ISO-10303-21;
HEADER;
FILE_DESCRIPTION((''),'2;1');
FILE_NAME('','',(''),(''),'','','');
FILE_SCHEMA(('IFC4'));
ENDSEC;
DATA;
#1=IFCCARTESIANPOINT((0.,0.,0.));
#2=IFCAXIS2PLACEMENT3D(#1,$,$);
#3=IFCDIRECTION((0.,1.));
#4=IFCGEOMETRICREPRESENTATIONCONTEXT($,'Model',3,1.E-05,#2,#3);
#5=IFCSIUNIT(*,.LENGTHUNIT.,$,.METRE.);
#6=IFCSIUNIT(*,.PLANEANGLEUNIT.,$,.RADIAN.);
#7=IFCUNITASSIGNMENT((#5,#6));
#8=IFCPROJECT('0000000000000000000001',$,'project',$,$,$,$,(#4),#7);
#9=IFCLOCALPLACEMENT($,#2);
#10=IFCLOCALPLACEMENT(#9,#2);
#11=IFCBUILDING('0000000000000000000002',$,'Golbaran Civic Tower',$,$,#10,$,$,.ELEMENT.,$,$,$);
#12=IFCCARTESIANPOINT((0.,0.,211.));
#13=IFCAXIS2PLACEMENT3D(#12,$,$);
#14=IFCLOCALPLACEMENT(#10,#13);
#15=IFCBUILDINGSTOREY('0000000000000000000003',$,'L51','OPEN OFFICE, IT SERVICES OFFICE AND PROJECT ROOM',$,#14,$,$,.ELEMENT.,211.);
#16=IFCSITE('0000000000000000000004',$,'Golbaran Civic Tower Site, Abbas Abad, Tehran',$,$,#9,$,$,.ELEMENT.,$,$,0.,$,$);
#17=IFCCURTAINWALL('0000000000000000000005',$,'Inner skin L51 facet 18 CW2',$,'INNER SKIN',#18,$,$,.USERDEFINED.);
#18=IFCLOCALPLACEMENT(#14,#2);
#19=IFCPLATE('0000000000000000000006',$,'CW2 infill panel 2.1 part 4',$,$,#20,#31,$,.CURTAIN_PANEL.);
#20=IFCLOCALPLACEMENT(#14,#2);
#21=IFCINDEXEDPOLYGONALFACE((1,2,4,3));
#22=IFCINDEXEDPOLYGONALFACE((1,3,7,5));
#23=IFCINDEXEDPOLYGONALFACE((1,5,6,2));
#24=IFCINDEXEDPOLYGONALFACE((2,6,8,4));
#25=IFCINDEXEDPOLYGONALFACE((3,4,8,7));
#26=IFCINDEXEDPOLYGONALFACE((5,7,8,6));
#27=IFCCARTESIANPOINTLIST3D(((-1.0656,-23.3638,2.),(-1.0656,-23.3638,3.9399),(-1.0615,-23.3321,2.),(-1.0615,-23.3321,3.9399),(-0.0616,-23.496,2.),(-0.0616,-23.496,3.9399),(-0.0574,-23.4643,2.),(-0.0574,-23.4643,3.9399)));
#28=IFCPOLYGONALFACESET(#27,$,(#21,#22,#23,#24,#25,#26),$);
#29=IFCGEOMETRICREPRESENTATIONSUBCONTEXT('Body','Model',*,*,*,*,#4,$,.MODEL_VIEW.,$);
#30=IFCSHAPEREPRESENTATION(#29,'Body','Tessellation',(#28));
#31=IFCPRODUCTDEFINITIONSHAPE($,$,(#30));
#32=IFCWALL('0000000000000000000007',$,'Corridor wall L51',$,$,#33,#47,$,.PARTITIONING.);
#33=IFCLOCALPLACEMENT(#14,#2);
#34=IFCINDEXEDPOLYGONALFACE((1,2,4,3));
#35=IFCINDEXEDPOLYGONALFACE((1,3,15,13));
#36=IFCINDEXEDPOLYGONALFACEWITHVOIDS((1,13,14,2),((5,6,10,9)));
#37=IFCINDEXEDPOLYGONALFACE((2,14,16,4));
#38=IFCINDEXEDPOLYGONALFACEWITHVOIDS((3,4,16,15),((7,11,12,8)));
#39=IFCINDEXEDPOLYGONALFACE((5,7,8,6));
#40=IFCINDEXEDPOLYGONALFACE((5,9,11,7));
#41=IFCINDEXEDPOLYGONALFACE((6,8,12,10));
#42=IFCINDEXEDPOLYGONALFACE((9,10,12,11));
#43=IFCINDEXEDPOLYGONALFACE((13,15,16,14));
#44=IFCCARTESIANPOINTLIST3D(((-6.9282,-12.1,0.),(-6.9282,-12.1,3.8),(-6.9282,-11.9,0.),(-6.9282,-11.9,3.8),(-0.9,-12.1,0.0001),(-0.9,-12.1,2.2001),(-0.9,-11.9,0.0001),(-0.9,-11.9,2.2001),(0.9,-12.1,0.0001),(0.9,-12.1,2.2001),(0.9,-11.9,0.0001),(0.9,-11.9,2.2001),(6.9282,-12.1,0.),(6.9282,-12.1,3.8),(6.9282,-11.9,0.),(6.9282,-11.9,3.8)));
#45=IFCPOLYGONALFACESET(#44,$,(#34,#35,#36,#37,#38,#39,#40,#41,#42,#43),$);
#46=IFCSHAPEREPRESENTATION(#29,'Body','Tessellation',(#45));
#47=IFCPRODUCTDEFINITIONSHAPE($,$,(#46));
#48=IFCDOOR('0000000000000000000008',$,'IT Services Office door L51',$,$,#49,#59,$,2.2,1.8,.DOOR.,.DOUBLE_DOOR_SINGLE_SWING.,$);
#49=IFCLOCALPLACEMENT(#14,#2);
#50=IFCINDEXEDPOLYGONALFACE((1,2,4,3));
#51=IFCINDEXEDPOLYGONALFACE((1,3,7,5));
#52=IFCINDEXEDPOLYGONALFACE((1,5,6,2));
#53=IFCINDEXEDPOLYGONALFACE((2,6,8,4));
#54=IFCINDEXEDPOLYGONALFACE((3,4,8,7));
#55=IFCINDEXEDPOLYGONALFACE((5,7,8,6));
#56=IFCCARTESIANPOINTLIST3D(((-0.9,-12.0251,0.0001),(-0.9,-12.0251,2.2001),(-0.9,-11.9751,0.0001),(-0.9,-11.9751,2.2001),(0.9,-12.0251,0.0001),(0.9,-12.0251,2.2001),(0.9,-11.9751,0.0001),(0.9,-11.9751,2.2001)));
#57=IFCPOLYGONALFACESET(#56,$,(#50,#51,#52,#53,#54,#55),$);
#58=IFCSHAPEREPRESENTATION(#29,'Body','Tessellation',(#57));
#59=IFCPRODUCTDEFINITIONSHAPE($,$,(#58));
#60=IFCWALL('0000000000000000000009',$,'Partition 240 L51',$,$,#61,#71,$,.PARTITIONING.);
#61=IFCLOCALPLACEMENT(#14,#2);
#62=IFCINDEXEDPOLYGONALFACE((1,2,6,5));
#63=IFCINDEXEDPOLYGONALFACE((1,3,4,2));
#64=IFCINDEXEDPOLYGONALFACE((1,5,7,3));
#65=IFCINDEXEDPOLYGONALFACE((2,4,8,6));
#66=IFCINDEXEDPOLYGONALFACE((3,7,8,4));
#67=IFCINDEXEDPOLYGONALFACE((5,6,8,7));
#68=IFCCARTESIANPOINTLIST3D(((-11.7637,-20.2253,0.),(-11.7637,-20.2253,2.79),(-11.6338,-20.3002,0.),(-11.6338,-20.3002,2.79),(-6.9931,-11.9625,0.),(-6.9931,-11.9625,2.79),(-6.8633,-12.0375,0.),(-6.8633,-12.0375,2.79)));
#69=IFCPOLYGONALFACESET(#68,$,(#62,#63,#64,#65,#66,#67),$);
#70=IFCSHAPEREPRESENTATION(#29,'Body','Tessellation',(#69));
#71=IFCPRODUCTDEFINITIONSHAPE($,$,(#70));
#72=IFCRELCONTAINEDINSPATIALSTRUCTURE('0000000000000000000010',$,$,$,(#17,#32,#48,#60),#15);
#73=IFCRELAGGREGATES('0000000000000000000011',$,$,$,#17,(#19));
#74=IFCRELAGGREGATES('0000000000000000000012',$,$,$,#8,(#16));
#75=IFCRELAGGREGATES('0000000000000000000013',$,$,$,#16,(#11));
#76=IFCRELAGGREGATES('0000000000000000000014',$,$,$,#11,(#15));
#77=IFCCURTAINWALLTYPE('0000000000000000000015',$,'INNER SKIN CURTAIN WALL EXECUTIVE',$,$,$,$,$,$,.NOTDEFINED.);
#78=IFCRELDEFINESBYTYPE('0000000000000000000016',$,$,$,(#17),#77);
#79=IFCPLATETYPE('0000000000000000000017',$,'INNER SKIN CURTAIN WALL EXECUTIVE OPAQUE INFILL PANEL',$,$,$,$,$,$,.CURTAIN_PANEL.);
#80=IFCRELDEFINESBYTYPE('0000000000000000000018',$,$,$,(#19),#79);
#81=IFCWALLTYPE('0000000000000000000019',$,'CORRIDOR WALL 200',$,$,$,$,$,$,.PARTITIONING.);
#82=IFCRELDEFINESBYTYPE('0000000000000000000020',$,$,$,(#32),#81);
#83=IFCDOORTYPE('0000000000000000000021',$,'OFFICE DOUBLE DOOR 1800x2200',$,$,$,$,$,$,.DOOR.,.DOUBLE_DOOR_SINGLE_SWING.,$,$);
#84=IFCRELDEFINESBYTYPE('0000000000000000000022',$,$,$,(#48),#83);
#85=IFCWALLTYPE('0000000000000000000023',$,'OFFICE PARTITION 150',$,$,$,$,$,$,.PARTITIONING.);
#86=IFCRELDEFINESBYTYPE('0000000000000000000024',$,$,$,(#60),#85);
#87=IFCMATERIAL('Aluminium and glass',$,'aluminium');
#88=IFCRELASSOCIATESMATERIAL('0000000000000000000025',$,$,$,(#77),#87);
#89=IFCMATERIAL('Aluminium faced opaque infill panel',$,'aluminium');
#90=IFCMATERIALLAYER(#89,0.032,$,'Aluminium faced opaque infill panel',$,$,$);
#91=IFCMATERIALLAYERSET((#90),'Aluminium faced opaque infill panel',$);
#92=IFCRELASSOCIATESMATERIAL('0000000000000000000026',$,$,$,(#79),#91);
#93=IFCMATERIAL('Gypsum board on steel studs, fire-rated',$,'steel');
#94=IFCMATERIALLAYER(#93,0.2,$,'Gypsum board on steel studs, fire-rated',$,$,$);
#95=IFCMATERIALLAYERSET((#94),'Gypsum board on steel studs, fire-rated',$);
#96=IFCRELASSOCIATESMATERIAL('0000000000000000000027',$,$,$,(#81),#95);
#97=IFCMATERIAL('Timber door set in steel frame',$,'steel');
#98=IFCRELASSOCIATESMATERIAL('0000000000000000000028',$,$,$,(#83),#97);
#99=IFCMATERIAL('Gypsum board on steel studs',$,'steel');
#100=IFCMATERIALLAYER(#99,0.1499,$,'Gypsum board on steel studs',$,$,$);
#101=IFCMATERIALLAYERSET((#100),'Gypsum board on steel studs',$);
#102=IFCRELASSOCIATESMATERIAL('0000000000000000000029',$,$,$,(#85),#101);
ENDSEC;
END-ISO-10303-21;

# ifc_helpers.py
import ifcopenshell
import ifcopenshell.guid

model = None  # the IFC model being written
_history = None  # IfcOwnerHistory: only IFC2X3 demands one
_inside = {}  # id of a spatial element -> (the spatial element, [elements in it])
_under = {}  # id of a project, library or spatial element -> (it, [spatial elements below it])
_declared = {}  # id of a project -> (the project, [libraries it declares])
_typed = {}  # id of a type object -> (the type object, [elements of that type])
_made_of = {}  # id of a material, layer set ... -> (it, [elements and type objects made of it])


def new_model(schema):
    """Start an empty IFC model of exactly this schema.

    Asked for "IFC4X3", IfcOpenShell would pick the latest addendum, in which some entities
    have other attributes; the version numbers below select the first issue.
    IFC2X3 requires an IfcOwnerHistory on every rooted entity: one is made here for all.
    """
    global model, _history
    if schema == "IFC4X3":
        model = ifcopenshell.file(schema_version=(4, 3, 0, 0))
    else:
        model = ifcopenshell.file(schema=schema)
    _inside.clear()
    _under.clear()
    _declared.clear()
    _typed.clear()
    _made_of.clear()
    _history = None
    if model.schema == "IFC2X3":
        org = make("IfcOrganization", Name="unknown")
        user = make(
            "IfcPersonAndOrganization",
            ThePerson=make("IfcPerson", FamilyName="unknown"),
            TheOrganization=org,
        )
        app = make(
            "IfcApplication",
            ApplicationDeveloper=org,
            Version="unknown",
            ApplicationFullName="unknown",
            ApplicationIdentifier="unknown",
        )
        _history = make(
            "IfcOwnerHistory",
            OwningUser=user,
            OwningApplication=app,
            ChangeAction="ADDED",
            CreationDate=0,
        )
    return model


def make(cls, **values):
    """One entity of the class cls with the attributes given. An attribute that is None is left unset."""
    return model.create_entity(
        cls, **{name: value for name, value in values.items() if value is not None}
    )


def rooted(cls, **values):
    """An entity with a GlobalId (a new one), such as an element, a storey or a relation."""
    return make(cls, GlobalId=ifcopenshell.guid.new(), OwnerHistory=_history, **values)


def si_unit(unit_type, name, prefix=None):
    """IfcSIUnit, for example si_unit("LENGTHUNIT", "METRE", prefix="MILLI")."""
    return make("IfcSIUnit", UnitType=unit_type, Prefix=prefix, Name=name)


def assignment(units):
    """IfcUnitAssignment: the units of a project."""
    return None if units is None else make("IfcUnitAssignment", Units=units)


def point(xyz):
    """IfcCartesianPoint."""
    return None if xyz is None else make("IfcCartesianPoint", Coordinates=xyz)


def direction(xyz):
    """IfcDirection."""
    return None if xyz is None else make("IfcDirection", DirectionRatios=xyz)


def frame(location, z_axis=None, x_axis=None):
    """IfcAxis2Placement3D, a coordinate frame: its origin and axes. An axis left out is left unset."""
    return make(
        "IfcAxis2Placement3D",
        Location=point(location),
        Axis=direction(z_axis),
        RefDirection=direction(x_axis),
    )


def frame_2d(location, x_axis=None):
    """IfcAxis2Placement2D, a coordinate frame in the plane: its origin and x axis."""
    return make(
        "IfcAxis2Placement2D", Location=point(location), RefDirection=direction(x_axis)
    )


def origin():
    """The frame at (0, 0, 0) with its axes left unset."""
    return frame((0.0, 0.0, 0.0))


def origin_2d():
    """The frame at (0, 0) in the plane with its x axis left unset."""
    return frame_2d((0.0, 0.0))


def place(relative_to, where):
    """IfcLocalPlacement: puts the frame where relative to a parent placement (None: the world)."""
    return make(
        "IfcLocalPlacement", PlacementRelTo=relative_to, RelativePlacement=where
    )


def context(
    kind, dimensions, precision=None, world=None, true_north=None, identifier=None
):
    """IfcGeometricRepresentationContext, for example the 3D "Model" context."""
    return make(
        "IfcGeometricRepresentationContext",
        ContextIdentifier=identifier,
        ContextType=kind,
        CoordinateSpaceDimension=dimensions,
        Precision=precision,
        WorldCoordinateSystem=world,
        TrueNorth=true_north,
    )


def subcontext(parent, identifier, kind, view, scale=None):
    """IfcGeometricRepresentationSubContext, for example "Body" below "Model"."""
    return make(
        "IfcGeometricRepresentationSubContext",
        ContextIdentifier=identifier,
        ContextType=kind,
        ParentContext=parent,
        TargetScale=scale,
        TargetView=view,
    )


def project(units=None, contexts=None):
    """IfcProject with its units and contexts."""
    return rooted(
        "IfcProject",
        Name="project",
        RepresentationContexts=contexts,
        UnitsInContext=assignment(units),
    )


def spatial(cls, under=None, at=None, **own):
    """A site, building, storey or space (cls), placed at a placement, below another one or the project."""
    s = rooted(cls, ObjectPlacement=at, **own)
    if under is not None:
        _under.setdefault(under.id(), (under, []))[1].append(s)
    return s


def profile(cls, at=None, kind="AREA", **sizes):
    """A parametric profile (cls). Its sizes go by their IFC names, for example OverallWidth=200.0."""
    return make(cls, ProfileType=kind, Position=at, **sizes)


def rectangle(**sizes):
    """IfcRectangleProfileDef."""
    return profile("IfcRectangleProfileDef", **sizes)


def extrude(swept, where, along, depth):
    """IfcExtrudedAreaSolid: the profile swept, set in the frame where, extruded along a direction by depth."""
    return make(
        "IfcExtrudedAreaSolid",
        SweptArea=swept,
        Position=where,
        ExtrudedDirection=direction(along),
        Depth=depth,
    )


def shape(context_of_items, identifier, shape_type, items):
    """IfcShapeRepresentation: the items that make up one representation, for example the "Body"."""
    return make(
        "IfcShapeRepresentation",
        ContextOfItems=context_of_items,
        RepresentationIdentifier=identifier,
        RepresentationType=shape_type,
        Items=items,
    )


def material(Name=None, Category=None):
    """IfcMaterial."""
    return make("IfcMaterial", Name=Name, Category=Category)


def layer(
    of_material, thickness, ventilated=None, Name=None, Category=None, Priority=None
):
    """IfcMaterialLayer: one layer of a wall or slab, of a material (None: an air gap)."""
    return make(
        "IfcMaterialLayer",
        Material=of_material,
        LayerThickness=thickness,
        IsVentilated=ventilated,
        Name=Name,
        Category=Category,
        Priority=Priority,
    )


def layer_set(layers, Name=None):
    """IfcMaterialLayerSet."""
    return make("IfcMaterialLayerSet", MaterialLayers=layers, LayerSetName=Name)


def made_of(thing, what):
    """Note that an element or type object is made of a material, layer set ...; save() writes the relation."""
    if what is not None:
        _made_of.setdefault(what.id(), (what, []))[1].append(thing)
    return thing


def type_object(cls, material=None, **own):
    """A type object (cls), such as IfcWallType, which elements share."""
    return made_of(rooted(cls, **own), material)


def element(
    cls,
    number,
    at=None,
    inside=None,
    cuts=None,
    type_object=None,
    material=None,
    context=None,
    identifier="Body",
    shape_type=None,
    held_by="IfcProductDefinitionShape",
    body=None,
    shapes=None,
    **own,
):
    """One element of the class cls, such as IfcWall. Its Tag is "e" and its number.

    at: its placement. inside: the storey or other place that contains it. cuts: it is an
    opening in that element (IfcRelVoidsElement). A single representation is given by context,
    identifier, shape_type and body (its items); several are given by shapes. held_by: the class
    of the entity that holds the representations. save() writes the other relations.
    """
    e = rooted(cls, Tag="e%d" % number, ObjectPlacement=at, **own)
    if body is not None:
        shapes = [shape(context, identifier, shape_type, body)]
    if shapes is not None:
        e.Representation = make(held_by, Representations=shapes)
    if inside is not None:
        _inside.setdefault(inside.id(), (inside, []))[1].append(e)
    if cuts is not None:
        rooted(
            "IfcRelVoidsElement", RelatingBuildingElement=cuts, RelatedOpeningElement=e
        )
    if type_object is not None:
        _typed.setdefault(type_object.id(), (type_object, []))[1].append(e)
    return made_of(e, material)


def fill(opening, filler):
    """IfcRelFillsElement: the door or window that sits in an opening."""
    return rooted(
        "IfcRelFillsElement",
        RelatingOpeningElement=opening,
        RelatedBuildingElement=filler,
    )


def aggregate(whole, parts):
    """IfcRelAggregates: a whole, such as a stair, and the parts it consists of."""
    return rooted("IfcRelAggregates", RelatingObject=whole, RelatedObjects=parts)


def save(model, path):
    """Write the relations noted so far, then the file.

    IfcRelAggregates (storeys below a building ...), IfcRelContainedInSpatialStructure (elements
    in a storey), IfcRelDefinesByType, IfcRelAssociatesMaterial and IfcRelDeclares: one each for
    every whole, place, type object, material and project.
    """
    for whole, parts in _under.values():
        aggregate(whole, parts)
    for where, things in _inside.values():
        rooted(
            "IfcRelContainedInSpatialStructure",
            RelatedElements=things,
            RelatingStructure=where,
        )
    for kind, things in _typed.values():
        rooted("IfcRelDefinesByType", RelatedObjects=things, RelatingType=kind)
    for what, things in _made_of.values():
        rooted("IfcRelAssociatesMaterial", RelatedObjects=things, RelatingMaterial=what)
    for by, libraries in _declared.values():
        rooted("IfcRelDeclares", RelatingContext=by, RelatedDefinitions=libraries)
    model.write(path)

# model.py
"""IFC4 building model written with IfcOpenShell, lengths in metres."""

from ifc_helpers import new_model, si_unit, direction, frame, frame_2d, origin, origin_2d, place, context, subcontext, project, spatial, rectangle, extrude, material, layer, layer_set, type_object, element, fill, aggregate, save


model = new_model("IFC4")

# Units and contexts
model_context = context("Model", 3, precision=1e-05, world=origin(), true_north=direction((0.0, 1.0)))
body_context = subcontext(model_context, "Body", "Model", "MODEL_VIEW")
ifc_project = project(units=[si_unit("LENGTHUNIT", "METRE"), si_unit("PLANEANGLEUNIT", "RADIAN")], contexts=[model_context])

# Site, building, storey
site_placement = place(None, origin())
site = spatial("IfcSite", under=ifc_project, at=site_placement, Name="Golbaran Civic Tower Site, Abbas Abad, Tehran", CompositionType="ELEMENT", RefElevation=0.0)
building_placement = place(site_placement, origin())
building = spatial("IfcBuilding", under=site, at=building_placement, Name="Golbaran Civic Tower", CompositionType="ELEMENT")
storey_placement = place(building_placement, frame((0.0, 0.0, 211.0)))
storey = spatial("IfcBuildingStorey", under=building, at=storey_placement, Name="L51", Description="OPEN OFFICE, IT SERVICES OFFICE AND PROJECT ROOM", CompositionType="ELEMENT", Elevation=211.0)

# Curtain wall
ifc_material_1 = material(Name="Aluminium and glass", Category="aluminium")
curtain_wall_type = type_object("IfcCurtainWallType", Name="INNER SKIN CURTAIN WALL EXECUTIVE", PredefinedType="NOTDEFINED", material=ifc_material_1)
curtain_wall_1_placement = place(storey_placement, origin())
curtain_wall_1 = element("IfcCurtainWall", 1, at=curtain_wall_1_placement, inside=storey, type_object=curtain_wall_type, Name="Inner skin L51 facet 18 CW2", ObjectType="INNER SKIN", PredefinedType="USERDEFINED")

# Plate
ifc_material_2 = material(Name="Aluminium faced opaque infill panel", Category="aluminium")
ifc_layer_1 = layer(ifc_material_2, 0.032, Name="Aluminium faced opaque infill panel")
ifc_layer_set_1 = layer_set([ifc_layer_1], Name="Aluminium faced opaque infill panel")
plate_type_1 = type_object("IfcPlateType", Name="INNER SKIN CURTAIN WALL EXECUTIVE OPAQUE INFILL PANEL", PredefinedType="CURTAIN_PANEL", material=ifc_layer_set_1)
plate_1_placement = place(storey_placement, frame((-0.5615, -23.4141, 2.0), z_axis=(0.0, 0.0, 1.0), x_axis=(0.991445, -0.130526, 0.0)))
plate_1 = element("IfcPlate", 2, at=plate_1_placement, type_object=plate_type_1, Name="CW2 infill panel 2.1 part 4", PredefinedType="CURTAIN_PANEL", context=body_context, shape_type="SweptSolid", body=[
    extrude(rectangle(XDim=1.0127, YDim=0.032, at=origin_2d()), origin(), (0.0, 0.0, 1.0), 1.9399),
])
aggregate(curtain_wall_1, [plate_1])

# Wall, opening, door
ifc_material_3 = material(Name="Gypsum board on steel studs, fire-rated", Category="steel")
ifc_layer_2 = layer(ifc_material_3, 0.2, Name="Gypsum board on steel studs, fire-rated")
ifc_layer_set_2 = layer_set([ifc_layer_2], Name="Gypsum board on steel studs, fire-rated")
wall_type_1 = type_object("IfcWallType", Name="CORRIDOR WALL 200", PredefinedType="PARTITIONING", material=ifc_layer_set_2)
wall_1_placement = place(storey_placement, frame((-6.9282, -12.0, 0.0), z_axis=(0.0, 0.0, 1.0), x_axis=(1.0, 0.0, 0.0)))
wall_1 = element("IfcWall", 3, at=wall_1_placement, inside=storey, type_object=wall_type_1, Name="Corridor wall L51", PredefinedType="PARTITIONING", context=body_context, shape_type="SweptSolid", body=[
    extrude(rectangle(XDim=13.8564, YDim=0.2, at=frame_2d((6.9282, 0.0))), origin(), (0.0, 0.0, 1.0), 3.8),
])
opening_placement = place(wall_1_placement, frame((6.0283, 0.0, 0.0)))
opening = element("IfcOpeningElement", 4, at=opening_placement, cuts=wall_1, PredefinedType="OPENING", context=body_context, shape_type="SweptSolid", body=[
    extrude(rectangle(XDim=1.8, YDim=2.2, at=frame_2d((0.8999, 1.1001))), frame((0.0, 0.1099, 0.0), z_axis=(0.0, -1.0, 0.0), x_axis=(1.0, 0.0, 0.0)), (0.0, 0.0, 1.0), 0.22),
])
ifc_material_4 = material(Name="Timber door set in steel frame", Category="steel")
door_type = type_object("IfcDoorType", Name="OFFICE DOUBLE DOOR 1800x2200", OperationType="DOUBLE_DOOR_SINGLE_SWING", PredefinedType="DOOR", material=ifc_material_4)
door_placement = place(opening_placement, origin())
door = element("IfcDoor", 5, at=door_placement, inside=storey, type_object=door_type, Name="IT Services Office door L51", OperationType="DOUBLE_DOOR_SINGLE_SWING", OverallHeight=2.2, OverallWidth=1.8, PredefinedType="DOOR", context=body_context, shape_type="SweptSolid", body=[
    extrude(rectangle(XDim=1.8, YDim=2.2, at=frame_2d((0.8999, 1.1001))), frame((0.0, 0.0249, 0.0), z_axis=(0.0, -1.0, 0.0), x_axis=(1.0, 0.0, 0.0)), (0.0, 0.0, 1.0), 0.05),
])
fill(opening, door)

# Wall
ifc_material_5 = material(Name="Gypsum board on steel studs", Category="steel")
ifc_layer_3 = layer(ifc_material_5, 0.1499, Name="Gypsum board on steel studs")
ifc_layer_set_3 = layer_set([ifc_layer_3], Name="Gypsum board on steel studs")
wall_type_2 = type_object("IfcWallType", Name="OFFICE PARTITION 150", PredefinedType="PARTITIONING", material=ifc_layer_set_3)
wall_2_placement = place(storey_placement, frame((-6.9282, -12.0, 0.0), z_axis=(0.0, 0.0, 1.0), x_axis=(-0.500003, -0.866024, 0.0)))
element("IfcWall", 6, at=wall_2_placement, inside=storey, type_object=wall_type_2, Name="Partition 240 L51", PredefinedType="PARTITIONING", context=body_context, shape_type="SweptSolid", body=[
    extrude(rectangle(XDim=9.541, YDim=0.1499, at=frame_2d((4.7705, 0.0))), origin(), (0.0, 0.0, 1.0), 2.79),
])

save(model, "model.ifc")
